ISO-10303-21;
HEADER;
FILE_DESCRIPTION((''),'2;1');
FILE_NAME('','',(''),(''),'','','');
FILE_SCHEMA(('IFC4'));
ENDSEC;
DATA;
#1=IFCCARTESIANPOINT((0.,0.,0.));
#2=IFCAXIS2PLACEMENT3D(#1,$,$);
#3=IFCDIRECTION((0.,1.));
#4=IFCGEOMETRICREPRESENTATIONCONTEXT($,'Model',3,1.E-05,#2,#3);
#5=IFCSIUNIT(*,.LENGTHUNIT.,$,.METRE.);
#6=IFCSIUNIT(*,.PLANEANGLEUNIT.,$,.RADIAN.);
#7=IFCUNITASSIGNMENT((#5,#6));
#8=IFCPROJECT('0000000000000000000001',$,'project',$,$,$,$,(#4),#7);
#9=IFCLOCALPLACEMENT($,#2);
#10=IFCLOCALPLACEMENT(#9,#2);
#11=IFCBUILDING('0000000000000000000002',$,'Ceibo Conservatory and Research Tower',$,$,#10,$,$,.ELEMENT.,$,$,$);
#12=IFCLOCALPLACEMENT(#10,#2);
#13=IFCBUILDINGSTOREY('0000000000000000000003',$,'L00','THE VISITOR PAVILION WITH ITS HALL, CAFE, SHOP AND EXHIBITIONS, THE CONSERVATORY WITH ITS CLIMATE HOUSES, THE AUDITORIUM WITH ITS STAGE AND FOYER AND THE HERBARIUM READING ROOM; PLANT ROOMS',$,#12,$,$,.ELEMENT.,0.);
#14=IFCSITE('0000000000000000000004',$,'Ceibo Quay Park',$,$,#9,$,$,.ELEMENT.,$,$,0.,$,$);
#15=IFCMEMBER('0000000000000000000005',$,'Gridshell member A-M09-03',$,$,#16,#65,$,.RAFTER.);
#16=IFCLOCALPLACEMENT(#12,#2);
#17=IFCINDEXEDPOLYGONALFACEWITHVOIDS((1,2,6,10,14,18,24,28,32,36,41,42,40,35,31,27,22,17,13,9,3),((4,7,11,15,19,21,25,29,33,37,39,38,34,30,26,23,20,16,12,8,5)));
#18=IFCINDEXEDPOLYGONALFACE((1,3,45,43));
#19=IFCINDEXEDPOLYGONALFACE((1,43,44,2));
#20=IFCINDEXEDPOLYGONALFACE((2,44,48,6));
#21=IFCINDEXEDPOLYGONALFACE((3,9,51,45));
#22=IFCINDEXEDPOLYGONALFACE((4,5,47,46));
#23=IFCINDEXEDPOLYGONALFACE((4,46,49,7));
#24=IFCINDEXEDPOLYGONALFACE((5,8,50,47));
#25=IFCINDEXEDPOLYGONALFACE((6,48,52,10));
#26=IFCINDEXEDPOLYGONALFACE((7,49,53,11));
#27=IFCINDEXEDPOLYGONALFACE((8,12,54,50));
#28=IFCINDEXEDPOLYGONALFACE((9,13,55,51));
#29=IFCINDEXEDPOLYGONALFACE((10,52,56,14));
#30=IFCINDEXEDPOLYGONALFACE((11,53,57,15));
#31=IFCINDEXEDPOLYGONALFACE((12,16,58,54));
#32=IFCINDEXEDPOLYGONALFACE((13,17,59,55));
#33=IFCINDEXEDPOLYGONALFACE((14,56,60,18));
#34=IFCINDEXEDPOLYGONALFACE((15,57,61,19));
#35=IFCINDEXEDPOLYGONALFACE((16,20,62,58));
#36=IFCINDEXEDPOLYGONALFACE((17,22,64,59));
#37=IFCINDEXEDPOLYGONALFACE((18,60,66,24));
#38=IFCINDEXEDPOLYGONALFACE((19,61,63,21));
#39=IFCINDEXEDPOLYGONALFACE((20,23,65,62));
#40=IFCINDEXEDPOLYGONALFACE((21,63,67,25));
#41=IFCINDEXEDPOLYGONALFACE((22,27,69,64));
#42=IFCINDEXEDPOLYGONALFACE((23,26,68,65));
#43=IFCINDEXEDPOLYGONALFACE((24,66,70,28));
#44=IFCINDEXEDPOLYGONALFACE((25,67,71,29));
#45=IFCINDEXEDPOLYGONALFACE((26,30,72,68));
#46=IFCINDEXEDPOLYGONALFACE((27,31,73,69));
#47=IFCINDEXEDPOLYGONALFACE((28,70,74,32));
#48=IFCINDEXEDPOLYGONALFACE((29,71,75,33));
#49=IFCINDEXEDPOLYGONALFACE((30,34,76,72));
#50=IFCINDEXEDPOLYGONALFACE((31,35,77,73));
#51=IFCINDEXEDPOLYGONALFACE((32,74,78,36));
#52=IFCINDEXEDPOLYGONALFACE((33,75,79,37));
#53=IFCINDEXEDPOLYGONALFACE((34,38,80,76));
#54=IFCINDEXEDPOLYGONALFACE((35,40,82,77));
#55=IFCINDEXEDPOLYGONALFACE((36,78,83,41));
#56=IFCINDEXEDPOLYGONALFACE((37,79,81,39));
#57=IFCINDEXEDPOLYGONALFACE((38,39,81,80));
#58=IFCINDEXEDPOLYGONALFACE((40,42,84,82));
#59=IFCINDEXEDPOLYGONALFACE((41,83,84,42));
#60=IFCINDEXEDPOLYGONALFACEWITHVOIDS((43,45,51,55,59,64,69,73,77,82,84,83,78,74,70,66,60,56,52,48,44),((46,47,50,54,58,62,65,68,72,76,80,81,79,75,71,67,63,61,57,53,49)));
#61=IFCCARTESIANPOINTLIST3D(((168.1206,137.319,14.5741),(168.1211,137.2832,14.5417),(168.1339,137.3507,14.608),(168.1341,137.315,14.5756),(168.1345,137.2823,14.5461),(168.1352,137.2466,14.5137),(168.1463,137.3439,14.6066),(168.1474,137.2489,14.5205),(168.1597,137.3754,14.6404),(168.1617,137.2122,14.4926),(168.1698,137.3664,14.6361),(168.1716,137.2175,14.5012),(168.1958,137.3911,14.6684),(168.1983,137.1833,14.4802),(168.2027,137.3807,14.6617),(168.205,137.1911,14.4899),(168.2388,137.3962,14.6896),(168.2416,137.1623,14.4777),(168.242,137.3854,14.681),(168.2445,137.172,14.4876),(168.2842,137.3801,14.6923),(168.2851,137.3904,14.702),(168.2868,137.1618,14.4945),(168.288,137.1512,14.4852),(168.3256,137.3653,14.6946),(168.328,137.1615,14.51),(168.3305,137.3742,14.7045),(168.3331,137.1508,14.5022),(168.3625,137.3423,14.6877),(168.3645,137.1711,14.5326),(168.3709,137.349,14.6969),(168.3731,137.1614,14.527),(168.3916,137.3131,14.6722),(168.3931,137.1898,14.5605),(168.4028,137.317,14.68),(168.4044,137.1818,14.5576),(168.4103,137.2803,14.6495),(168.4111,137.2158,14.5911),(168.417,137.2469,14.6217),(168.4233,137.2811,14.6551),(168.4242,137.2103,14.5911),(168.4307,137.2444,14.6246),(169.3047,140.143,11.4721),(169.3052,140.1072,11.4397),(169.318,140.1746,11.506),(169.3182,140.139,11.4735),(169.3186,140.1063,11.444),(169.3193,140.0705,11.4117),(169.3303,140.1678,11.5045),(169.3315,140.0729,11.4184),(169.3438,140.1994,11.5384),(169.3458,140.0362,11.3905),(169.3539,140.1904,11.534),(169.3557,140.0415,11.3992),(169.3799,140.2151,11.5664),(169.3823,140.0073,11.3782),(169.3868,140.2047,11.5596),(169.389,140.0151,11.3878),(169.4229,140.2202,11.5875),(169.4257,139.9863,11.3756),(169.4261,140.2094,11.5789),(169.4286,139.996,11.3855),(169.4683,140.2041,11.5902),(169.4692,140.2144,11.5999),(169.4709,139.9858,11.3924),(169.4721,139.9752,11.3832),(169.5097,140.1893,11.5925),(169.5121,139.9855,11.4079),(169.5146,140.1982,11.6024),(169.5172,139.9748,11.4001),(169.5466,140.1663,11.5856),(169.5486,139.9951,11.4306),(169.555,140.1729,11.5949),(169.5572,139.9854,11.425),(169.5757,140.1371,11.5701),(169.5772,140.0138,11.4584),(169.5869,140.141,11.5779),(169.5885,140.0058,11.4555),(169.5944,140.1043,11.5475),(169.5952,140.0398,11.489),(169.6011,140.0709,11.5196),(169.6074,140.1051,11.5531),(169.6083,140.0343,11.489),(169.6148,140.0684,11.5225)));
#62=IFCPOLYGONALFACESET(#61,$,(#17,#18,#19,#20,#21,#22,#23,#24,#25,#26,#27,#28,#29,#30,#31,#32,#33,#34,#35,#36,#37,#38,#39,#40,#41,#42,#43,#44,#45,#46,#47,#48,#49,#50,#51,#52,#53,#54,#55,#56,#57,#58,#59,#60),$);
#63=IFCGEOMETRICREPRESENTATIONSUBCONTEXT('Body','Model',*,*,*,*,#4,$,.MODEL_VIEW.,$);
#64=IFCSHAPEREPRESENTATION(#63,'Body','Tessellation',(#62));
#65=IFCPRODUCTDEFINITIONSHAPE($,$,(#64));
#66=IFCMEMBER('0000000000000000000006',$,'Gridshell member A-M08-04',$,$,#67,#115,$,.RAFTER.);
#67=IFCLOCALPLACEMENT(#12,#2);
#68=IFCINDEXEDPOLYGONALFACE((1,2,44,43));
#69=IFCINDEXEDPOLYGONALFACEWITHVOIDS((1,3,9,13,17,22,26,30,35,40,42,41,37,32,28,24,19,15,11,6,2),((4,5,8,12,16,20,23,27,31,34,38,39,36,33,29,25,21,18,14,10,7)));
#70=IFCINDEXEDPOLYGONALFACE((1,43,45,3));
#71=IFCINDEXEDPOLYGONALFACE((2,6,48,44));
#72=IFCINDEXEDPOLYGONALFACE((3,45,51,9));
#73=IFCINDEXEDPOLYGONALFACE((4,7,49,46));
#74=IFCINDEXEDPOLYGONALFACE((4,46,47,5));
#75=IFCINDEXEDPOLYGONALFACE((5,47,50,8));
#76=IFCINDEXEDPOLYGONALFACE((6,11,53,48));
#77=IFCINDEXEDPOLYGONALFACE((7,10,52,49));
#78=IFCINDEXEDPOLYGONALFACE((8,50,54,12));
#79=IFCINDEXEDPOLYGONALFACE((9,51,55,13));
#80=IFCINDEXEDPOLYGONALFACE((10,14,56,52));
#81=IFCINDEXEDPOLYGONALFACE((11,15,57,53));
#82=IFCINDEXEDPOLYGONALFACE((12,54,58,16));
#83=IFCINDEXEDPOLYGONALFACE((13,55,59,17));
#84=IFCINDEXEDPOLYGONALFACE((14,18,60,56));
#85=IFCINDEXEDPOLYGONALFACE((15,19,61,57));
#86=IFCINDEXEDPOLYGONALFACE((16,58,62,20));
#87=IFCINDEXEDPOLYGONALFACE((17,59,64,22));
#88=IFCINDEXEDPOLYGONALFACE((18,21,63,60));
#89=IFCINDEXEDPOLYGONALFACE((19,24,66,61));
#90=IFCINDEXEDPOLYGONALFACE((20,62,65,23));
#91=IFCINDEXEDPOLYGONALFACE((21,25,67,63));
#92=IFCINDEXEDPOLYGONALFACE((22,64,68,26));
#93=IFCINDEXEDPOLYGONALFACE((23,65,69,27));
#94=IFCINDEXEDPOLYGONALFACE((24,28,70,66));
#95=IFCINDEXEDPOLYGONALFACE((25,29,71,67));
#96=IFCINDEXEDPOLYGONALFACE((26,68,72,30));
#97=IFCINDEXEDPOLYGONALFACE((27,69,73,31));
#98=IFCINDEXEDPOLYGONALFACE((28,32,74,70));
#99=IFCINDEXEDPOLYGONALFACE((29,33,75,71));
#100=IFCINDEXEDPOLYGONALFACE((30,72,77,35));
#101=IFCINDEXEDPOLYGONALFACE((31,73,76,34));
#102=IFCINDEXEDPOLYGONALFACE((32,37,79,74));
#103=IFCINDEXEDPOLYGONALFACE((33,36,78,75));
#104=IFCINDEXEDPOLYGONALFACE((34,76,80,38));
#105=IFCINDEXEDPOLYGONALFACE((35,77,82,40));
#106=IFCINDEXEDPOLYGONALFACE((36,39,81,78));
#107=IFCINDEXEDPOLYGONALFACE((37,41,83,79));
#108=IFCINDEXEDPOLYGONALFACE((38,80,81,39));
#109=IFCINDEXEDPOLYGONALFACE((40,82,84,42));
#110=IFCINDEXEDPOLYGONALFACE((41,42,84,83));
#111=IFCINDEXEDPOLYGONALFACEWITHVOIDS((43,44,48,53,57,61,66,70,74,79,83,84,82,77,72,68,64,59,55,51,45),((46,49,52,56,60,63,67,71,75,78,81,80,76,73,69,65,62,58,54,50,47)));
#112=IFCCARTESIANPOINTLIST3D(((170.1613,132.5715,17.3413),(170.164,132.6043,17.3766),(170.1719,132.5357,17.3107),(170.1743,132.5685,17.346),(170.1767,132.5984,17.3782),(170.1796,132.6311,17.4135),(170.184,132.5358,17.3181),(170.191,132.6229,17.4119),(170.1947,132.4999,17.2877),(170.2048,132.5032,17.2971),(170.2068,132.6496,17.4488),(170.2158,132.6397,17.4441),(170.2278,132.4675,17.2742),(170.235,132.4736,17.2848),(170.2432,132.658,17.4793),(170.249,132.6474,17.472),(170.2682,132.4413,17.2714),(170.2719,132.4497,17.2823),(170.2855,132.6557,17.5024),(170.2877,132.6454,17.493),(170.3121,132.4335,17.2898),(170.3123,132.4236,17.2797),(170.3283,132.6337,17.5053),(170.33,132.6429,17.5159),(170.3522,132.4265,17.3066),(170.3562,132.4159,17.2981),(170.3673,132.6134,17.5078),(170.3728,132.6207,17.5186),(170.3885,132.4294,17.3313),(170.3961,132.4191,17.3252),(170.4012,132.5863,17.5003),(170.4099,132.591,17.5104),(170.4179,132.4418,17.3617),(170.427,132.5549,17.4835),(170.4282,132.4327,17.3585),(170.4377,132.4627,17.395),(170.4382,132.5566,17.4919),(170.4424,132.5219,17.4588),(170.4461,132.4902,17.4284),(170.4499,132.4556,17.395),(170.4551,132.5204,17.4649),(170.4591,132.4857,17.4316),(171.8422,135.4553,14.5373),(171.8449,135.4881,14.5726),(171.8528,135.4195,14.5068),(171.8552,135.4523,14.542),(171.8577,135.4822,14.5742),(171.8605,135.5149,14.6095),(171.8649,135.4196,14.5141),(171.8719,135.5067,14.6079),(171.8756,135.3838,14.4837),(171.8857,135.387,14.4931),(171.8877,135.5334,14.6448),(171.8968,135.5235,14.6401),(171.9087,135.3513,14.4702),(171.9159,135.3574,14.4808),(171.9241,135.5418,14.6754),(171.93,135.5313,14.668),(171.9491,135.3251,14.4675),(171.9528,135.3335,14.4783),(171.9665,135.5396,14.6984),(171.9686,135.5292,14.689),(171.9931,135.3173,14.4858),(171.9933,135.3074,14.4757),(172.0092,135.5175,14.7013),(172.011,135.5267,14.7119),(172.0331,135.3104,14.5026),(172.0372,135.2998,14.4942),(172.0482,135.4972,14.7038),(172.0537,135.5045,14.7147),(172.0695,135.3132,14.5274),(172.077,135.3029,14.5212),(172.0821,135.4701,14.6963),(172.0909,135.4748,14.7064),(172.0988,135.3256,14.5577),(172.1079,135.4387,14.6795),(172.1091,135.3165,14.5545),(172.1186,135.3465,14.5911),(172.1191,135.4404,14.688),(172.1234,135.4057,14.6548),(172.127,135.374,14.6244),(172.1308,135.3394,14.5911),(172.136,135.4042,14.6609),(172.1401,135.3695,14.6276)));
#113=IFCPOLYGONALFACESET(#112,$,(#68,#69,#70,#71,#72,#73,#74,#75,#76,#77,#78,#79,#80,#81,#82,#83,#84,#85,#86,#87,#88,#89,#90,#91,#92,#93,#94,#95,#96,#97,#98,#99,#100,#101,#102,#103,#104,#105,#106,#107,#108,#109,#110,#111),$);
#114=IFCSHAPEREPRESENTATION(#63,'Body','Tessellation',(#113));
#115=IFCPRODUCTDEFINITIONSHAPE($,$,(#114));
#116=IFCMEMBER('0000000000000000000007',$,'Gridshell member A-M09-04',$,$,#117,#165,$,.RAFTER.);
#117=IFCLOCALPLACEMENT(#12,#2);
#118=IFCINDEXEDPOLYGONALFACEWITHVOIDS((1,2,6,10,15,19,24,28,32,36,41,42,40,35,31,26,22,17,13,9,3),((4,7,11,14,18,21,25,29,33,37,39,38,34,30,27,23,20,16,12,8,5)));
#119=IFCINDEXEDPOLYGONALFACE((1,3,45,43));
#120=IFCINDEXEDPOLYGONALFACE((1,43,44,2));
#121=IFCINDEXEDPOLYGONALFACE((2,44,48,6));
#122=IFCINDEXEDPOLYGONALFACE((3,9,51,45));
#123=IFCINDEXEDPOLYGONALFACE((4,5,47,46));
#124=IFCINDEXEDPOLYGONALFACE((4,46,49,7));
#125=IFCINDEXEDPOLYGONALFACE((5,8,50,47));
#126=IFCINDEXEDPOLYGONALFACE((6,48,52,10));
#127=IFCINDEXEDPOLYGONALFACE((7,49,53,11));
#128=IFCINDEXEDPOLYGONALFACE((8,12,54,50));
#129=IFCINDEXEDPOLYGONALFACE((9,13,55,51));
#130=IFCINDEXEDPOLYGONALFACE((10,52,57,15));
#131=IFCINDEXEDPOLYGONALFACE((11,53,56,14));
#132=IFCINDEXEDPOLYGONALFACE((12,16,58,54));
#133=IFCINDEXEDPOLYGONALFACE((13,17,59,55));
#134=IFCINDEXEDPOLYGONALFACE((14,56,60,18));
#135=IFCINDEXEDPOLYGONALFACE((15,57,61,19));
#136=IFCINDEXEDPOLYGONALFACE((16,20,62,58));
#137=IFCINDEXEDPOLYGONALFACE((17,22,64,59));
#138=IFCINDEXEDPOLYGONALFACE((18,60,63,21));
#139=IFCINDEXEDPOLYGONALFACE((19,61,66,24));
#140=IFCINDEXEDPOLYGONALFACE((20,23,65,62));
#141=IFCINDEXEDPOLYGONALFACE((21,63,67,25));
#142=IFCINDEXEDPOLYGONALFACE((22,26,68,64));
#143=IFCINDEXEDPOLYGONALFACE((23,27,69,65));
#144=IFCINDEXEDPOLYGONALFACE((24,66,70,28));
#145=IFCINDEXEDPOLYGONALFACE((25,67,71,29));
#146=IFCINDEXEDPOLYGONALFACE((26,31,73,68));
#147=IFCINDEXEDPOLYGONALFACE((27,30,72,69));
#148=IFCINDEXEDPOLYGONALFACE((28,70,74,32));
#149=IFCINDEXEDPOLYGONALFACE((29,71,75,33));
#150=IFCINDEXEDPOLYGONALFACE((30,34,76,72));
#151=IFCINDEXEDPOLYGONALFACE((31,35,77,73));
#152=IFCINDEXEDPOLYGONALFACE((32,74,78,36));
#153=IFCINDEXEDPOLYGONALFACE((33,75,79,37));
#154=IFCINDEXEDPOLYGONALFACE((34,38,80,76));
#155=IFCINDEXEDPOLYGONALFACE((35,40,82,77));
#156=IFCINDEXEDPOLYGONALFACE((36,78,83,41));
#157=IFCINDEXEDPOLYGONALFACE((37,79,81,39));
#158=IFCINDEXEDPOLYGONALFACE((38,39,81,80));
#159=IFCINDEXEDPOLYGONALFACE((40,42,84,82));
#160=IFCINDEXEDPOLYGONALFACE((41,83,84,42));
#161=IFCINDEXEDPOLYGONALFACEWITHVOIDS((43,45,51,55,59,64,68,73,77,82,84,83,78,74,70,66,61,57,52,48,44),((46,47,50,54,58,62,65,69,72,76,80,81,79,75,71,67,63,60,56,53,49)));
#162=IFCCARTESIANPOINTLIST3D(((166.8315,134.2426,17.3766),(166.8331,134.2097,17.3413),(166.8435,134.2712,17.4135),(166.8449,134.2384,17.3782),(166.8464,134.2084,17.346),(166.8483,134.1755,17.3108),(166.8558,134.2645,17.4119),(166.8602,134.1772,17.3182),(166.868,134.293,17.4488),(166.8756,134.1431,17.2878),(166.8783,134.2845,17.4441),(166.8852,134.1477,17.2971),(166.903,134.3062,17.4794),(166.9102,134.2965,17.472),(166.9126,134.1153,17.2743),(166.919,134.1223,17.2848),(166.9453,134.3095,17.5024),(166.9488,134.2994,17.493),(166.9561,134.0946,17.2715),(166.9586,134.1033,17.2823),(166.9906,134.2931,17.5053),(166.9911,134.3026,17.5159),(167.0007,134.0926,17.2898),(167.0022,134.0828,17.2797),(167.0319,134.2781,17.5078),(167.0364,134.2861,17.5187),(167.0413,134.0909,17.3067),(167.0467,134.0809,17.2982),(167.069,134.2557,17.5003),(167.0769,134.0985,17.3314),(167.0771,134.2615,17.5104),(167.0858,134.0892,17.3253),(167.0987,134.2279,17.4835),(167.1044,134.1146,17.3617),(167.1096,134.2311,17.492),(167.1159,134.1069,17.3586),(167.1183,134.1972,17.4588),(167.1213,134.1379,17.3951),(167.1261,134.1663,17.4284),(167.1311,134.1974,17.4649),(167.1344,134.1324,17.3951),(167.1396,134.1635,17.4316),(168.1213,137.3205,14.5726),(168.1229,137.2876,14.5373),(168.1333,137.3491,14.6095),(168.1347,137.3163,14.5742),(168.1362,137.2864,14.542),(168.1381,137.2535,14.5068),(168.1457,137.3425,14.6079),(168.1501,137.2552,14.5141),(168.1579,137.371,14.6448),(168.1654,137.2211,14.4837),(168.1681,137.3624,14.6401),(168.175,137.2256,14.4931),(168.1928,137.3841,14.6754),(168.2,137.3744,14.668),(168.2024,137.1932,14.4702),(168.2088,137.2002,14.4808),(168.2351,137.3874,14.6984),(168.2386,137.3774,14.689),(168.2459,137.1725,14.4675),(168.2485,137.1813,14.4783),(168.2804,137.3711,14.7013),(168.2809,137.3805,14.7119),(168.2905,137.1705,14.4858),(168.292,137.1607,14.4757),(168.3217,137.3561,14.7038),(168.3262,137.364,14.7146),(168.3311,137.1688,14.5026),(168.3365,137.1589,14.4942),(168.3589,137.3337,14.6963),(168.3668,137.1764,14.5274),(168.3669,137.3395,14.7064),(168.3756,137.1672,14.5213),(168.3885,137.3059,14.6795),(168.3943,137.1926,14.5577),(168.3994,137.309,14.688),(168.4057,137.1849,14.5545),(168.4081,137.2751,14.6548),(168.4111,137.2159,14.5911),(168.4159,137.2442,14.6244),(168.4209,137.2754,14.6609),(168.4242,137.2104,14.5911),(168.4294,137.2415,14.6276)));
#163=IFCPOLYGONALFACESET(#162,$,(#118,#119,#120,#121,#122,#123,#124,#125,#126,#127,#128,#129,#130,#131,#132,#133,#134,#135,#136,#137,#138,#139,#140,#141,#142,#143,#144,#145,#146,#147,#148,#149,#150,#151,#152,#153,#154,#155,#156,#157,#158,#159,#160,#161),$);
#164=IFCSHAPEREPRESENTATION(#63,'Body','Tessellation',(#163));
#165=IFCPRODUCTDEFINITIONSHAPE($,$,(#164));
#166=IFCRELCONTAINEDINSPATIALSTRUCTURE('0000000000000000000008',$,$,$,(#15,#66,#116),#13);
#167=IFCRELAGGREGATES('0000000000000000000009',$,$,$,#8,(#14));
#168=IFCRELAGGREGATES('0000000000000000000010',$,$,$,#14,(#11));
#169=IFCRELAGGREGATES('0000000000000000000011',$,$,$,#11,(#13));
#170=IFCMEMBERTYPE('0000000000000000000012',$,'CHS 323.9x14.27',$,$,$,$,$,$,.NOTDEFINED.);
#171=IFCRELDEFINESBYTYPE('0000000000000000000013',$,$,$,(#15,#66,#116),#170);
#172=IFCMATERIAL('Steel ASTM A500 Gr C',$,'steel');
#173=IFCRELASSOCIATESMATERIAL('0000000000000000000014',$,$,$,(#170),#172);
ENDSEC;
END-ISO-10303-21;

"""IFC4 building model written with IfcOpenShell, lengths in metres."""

from ifc_helpers import new_model, si_unit, direction, frame, origin, origin_2d, place, context, subcontext, project, spatial, hollow_circle, extrude, material, material_profile, profile_set, type_object, element, save


model = new_model("IFC4")

# Units and contexts
model_context = context("Model", 3, precision=1e-05, world=origin(), true_north=direction((0.0, 1.0)))
body_context = subcontext(model_context, "Body", "Model", "MODEL_VIEW")
ifc_project = project(units=[si_unit("LENGTHUNIT", "METRE"), si_unit("PLANEANGLEUNIT", "RADIAN")], contexts=[model_context])

# Site, building, storey
site_placement = place(None, origin())
site = spatial("IfcSite", under=ifc_project, at=site_placement, Name="Ceibo Quay Park", CompositionType="ELEMENT", RefElevation=0.0)
building_placement = place(site_placement, origin())
building = spatial("IfcBuilding", under=site, at=building_placement, Name="Ceibo Conservatory and Research Tower", CompositionType="ELEMENT")
storey_placement = place(building_placement, origin())
storey = spatial("IfcBuildingStorey", under=building, at=storey_placement, Name="L00", Description="THE VISITOR PAVILION WITH ITS HALL, CAFE, SHOP AND EXHIBITIONS, THE CONSERVATORY WITH ITS CLIMATE HOUSES, THE AUDITORIUM WITH ITS STAGE AND FOYER AND THE HERBARIUM READING ROOM; PLANT ROOMS", CompositionType="ELEMENT", Elevation=0.0)

# Members
ifc_material_1 = material(Name="Steel ASTM A500 Gr C", Category="steel")
ifc_material_profile_1 = material_profile(ifc_material_1, hollow_circle(Radius=0.1619, WallThickness=0.0142, at=origin_2d()), Name="CHS 323.9x14.27")
ifc_profile_set_1 = profile_set([ifc_material_profile_1], Name="Steel ASTM A500 Gr C")
member_type_1 = type_object("IfcMemberType", Name="CHS 323.9x14.27", PredefinedType="NOTDEFINED", material=ifc_profile_set_1)
member_1_placement = place(storey_placement, frame((169.459, 140.0969, 11.489), z_axis=(-0.27165, -0.647871, 0.711667), x_axis=(0.922214, -0.386681, 0.0)))
element("IfcMember", 1, at=member_1_placement, inside=storey, type_object=member_type_1, Name="Gridshell member A-M09-03", PredefinedType="RAFTER", context=body_context, shape_type="SweptSolid", body=[
    extrude(hollow_circle(Radius=0.1619, WallThickness=0.0142, at=origin_2d()), origin(), (0.0, 0.0, 1.0), 4.3589),
])
member_2_placement = place(storey_placement, frame((171.991, 135.4209, 14.5911), z_axis=(-0.385588, -0.661519, 0.643206), x_axis=(0.863949, -0.50358, 0.0)))
element("IfcMember", 2, at=member_2_placement, inside=storey, type_object=member_type_1, Name="Gridshell member A-M08-04", PredefinedType="RAFTER", context=body_context, shape_type="SweptSolid", body=[
    extrude(hollow_circle(Radius=0.1619, WallThickness=0.0142, at=origin_2d()), origin(), (0.0, 0.0, 1.0), 4.3594),
])
member_3_placement = place(storey_placement, frame((168.2749, 137.2729, 14.5911), z_axis=(-0.295906, -0.706131, 0.643287), x_axis=(0.922294, -0.38649, 0.0)))
element("IfcMember", 3, at=member_3_placement, inside=storey, type_object=member_type_1, Name="Gridshell member A-M09-04", PredefinedType="RAFTER", context=body_context, shape_type="SweptSolid", body=[
    extrude(hollow_circle(Radius=0.1619, WallThickness=0.0142, at=origin_2d()), origin(), (0.0, 0.0, 1.0), 4.3589),
])

save(model, "model.ifc")
